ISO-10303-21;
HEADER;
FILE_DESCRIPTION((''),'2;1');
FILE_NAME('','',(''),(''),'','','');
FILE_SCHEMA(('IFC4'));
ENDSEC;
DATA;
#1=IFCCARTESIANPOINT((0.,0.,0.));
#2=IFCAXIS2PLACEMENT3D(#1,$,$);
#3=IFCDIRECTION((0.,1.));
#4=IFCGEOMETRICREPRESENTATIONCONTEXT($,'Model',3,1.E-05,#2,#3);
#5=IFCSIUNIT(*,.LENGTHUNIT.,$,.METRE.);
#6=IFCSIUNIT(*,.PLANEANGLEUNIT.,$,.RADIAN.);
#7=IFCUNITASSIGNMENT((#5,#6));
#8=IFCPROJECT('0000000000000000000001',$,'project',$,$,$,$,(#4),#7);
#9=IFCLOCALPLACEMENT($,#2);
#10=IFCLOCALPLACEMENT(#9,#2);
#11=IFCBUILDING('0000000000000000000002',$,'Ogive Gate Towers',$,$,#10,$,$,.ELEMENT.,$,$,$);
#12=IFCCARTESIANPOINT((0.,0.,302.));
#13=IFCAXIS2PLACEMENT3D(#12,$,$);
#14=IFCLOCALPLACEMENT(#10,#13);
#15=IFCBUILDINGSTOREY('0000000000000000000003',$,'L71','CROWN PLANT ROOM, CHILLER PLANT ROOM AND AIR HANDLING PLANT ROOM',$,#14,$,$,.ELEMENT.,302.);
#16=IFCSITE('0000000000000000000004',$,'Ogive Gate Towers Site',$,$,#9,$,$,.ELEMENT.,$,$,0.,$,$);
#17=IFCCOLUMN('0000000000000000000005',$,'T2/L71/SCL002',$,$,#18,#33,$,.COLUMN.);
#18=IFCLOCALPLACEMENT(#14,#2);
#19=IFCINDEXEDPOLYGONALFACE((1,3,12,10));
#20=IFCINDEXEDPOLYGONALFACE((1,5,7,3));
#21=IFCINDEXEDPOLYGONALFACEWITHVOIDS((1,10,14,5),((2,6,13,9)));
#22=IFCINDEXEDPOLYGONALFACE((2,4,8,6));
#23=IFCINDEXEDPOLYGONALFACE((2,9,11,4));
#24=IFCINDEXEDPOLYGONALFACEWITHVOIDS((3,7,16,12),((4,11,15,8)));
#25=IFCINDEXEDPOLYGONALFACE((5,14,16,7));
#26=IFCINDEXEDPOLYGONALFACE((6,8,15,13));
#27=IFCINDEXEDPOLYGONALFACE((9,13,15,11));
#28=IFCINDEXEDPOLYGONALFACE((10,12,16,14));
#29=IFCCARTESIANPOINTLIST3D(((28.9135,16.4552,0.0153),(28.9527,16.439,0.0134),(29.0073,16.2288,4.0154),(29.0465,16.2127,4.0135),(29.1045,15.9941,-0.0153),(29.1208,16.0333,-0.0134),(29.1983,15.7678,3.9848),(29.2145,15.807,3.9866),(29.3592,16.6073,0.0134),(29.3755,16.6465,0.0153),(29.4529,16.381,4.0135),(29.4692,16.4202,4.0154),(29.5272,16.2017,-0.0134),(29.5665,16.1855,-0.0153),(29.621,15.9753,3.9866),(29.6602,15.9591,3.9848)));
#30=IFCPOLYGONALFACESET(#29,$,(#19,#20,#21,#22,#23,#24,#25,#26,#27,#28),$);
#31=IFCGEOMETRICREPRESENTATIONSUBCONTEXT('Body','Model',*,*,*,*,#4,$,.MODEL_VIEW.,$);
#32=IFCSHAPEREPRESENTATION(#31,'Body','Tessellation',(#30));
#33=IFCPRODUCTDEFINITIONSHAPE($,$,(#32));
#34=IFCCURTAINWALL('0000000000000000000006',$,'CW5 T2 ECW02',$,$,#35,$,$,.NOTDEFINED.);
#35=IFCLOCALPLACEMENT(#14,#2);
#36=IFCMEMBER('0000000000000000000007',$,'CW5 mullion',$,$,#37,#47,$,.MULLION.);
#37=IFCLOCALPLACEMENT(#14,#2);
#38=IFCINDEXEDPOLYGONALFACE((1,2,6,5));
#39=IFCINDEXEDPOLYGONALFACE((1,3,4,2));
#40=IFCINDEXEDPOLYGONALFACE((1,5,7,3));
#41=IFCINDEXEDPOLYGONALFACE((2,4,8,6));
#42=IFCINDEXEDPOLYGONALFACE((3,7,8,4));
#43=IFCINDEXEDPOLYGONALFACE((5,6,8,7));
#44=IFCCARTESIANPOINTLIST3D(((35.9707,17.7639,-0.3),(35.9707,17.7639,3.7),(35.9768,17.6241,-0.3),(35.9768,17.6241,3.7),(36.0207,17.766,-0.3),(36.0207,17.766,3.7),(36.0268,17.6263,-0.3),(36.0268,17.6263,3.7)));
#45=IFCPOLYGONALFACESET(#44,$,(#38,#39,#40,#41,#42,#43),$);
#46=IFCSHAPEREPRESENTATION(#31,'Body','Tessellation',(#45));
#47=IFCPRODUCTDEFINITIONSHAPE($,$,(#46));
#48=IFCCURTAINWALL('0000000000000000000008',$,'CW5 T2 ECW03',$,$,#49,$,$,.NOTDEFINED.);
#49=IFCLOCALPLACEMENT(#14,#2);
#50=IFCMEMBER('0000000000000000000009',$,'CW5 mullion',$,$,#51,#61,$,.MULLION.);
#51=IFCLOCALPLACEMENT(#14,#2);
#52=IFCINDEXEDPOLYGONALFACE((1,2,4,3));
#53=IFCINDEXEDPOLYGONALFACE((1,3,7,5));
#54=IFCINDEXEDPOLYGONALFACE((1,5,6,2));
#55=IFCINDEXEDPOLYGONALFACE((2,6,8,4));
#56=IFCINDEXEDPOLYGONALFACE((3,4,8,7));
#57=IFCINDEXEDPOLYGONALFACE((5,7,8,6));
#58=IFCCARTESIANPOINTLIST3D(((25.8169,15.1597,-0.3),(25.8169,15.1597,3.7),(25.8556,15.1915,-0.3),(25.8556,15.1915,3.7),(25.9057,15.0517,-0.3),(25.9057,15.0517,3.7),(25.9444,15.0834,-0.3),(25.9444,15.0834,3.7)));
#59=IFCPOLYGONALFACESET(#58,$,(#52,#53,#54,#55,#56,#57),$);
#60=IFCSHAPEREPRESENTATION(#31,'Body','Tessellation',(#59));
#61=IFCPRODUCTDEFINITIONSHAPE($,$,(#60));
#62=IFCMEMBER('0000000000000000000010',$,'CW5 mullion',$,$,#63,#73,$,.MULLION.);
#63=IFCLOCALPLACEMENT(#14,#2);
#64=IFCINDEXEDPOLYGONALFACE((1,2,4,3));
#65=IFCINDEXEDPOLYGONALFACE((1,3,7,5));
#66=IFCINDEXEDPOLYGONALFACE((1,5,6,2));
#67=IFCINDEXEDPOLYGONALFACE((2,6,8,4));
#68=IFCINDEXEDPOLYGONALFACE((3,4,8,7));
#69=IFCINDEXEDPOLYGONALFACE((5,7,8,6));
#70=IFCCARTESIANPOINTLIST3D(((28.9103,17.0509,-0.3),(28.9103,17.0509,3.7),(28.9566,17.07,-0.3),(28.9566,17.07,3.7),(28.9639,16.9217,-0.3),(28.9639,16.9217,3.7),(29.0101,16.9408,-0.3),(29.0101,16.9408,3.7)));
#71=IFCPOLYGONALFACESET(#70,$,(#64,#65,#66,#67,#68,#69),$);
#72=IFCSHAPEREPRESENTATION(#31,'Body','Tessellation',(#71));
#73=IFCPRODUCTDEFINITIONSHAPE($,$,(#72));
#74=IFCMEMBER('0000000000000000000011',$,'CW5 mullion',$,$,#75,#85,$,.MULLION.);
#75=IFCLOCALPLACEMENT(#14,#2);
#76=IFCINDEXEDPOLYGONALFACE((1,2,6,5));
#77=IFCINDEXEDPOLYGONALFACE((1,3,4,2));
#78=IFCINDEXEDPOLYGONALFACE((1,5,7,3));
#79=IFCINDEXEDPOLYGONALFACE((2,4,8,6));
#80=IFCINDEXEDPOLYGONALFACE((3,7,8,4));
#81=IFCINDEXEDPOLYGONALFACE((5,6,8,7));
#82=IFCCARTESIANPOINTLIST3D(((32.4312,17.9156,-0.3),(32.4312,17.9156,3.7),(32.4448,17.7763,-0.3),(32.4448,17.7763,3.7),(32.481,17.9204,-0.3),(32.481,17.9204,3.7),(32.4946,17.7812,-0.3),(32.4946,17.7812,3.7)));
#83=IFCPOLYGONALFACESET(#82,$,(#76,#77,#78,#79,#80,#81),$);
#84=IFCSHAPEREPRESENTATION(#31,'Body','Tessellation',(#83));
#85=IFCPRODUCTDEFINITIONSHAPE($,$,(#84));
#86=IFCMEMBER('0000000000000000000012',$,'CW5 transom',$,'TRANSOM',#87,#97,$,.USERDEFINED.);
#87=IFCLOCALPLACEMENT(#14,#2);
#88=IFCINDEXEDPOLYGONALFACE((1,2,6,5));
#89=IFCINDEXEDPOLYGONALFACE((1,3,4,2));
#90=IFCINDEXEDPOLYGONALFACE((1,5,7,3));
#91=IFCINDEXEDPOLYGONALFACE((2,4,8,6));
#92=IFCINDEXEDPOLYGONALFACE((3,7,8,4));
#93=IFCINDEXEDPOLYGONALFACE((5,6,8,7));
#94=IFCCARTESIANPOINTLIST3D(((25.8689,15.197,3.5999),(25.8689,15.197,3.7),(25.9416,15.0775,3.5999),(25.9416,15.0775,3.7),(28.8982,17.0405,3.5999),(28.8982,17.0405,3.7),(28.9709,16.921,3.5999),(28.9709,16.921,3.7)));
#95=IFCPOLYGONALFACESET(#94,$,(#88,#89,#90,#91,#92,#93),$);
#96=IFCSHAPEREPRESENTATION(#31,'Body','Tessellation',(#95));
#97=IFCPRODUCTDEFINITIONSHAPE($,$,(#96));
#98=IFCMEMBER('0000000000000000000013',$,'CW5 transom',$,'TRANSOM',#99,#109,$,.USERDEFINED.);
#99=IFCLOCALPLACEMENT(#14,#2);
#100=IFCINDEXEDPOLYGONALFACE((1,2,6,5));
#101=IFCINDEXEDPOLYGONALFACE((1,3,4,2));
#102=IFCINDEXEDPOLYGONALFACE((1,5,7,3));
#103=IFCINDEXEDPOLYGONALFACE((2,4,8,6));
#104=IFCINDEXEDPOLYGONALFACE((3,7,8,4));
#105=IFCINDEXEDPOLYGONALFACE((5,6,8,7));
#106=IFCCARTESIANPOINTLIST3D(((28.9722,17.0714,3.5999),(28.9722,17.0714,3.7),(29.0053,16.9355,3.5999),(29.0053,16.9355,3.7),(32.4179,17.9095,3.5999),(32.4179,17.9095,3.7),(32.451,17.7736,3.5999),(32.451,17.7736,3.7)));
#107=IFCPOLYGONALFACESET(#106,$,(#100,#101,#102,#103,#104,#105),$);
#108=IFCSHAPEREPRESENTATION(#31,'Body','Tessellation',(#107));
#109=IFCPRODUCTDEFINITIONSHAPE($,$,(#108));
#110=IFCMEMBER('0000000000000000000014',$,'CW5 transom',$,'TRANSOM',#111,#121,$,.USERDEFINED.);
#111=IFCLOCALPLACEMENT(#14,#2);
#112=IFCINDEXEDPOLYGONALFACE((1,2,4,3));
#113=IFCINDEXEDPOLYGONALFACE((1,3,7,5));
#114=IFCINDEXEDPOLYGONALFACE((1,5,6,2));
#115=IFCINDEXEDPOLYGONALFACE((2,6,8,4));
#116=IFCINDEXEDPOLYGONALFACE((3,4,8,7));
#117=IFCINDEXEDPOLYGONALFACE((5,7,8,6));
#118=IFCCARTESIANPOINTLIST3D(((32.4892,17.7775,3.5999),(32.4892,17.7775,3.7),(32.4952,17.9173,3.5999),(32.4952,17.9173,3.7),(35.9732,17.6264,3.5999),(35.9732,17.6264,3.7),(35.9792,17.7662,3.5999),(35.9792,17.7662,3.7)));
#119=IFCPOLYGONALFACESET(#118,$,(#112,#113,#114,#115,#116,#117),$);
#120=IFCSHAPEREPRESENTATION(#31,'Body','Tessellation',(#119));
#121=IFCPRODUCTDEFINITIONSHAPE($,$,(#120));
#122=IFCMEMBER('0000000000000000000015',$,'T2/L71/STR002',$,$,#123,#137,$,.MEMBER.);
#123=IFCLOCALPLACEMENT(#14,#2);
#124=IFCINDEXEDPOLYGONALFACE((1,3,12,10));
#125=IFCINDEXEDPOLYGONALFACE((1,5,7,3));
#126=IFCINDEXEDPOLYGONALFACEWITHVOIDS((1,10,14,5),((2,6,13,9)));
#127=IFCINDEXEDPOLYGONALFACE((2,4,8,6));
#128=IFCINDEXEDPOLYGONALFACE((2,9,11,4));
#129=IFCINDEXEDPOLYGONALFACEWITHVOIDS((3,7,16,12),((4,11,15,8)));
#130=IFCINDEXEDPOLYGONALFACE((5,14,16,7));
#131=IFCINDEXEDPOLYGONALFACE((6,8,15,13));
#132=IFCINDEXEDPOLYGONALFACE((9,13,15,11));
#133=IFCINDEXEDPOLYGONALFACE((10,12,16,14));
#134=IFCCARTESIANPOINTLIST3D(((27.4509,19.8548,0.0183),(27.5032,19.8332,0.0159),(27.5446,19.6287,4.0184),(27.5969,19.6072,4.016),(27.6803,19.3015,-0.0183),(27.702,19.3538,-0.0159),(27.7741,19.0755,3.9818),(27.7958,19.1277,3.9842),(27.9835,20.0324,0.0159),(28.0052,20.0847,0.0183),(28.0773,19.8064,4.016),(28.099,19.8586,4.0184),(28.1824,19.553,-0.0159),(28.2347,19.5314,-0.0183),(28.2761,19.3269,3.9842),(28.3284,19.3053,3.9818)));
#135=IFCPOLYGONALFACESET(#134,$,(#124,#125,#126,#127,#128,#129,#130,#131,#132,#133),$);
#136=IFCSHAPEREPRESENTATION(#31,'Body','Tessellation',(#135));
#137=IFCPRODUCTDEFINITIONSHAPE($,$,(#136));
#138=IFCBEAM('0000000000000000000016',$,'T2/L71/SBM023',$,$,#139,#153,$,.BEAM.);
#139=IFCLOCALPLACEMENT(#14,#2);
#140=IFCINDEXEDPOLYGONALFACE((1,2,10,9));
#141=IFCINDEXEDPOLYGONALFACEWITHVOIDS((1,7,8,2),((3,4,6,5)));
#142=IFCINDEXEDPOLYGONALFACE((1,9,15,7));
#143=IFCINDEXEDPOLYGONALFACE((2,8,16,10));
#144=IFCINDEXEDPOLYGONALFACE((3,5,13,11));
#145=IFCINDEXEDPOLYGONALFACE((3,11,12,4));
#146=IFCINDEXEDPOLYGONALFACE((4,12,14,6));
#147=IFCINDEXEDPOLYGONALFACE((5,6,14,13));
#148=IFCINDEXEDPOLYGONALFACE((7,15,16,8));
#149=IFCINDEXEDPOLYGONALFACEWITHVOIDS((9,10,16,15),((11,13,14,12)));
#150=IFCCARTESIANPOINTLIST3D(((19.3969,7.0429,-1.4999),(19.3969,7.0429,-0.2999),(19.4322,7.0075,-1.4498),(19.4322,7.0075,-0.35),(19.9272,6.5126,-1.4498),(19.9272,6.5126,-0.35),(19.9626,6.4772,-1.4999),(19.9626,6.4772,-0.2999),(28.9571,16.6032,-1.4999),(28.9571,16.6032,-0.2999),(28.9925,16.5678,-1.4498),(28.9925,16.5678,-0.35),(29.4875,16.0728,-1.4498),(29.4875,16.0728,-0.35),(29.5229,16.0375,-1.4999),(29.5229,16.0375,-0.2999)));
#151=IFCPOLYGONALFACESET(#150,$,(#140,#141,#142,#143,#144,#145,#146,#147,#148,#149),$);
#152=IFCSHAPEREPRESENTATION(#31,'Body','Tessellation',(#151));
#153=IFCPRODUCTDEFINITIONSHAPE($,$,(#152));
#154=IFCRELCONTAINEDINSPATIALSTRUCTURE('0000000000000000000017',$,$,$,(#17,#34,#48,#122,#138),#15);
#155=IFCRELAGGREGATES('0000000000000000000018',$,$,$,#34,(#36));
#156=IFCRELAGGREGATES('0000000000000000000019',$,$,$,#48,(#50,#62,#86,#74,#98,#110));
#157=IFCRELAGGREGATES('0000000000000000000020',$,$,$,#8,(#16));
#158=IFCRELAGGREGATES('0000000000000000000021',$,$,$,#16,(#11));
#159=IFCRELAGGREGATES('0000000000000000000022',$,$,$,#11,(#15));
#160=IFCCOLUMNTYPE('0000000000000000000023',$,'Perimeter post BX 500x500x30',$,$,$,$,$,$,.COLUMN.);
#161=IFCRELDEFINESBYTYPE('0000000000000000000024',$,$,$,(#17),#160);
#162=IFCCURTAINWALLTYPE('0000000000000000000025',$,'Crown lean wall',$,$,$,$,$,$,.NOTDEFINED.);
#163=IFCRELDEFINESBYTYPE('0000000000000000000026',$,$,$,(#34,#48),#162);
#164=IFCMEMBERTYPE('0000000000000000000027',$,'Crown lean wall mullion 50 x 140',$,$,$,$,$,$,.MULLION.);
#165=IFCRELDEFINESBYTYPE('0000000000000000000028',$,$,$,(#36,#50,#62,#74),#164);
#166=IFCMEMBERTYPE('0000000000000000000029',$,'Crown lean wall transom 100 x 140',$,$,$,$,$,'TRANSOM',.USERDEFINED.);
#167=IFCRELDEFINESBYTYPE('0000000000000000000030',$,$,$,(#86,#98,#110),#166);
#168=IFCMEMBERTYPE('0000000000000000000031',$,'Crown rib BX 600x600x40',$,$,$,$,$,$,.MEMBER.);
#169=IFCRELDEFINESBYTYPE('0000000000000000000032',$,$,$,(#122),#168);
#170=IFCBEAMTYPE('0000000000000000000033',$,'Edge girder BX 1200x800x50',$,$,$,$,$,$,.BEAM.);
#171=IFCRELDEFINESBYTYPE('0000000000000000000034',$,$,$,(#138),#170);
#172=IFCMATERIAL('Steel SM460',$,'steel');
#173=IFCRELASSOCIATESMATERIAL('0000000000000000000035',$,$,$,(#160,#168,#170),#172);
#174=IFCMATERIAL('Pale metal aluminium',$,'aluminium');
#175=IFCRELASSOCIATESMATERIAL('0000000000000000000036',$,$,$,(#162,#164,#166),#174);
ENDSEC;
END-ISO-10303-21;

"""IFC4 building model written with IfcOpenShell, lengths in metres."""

from ifc_helpers import new_model, si_unit, direction, frame, origin, origin_2d, place, context, subcontext, project, spatial, rectangle, hollow_rectangle, extrude, material, material_profile, profile_set, type_object, element, aggregate, save


model = new_model("IFC4")

# Units and contexts
model_context = context("Model", 3, precision=1e-05, world=origin(), true_north=direction((0.0, 1.0)))
body_context = subcontext(model_context, "Body", "Model", "MODEL_VIEW")
ifc_project = project(units=[si_unit("LENGTHUNIT", "METRE"), si_unit("PLANEANGLEUNIT", "RADIAN")], contexts=[model_context])

# Site, building, storey
site_placement = place(None, origin())
site = spatial("IfcSite", under=ifc_project, at=site_placement, Name="Ogive Gate Towers Site", CompositionType="ELEMENT", RefElevation=0.0)
building_placement = place(site_placement, origin())
building = spatial("IfcBuilding", under=site, at=building_placement, Name="Ogive Gate Towers", CompositionType="ELEMENT")
storey_placement = place(building_placement, frame((0.0, 0.0, 302.0)))
storey = spatial("IfcBuildingStorey", under=building, at=storey_placement, Name="L71", Description="CROWN PLANT ROOM, CHILLER PLANT ROOM AND AIR HANDLING PLANT ROOM", CompositionType="ELEMENT", Elevation=302.0)

# Column
ifc_material_1 = material(Name="Steel SM460", Category="steel")
ifc_material_profile_1 = material_profile(ifc_material_1, hollow_rectangle(XDim=0.5, YDim=0.5, WallThickness=0.03, at=origin_2d()), Name="BX 500x500x30")
ifc_profile_set_1 = profile_set([ifc_material_profile_1], Name="Steel SM460")
column_type = type_object("IfcColumnType", Name="Perimeter post BX 500x500x30", PredefinedType="COLUMN", material=ifc_profile_set_1)
column_placement = place(storey_placement, frame((29.24, 16.3203, 0.0), z_axis=(0.023394, -0.056474, 0.99813), x_axis=(0.923871, 0.382704, 0.0)))
element("IfcColumn", 1, at=column_placement, inside=storey, type_object=column_type, Name="T2/L71/SCL002", PredefinedType="COLUMN", context=body_context, shape_type="SweptSolid", body=[
    extrude(hollow_rectangle(XDim=0.5, YDim=0.5, WallThickness=0.03, at=origin_2d()), origin(), (0.0, 0.0, 1.0), 4.0076),
])

# Curtain wall, member
ifc_material_2 = material(Name="Pale metal aluminium", Category="aluminium")
curtain_wall_type = type_object("IfcCurtainWallType", Name="Crown lean wall", PredefinedType="NOTDEFINED", material=ifc_material_2)
curtain_wall_1_placement = place(storey_placement, origin())
curtain_wall_1 = element("IfcCurtainWall", 2, at=curtain_wall_1_placement, inside=storey, type_object=curtain_wall_type, Name="CW5 T2 ECW02", PredefinedType="NOTDEFINED")
ifc_material_profile_2 = material_profile(ifc_material_2, rectangle(XDim=0.1399, YDim=0.05, at=origin_2d()), Name="50 x 140 aluminium box")
ifc_profile_set_2 = profile_set([ifc_material_profile_2], Name="Pale metal aluminium")
member_type_1 = type_object("IfcMemberType", Name="Crown lean wall mullion 50 x 140", PredefinedType="MULLION", material=ifc_profile_set_2)
member_1_placement = place(storey_placement, frame((35.9988, 17.6951, -0.3), z_axis=(0.0, 0.0, 1.0), x_axis=(0.04334, -0.99906, 0.0)))
member_1 = element("IfcMember", 3, at=member_1_placement, type_object=member_type_1, Name="CW5 mullion", PredefinedType="MULLION", context=body_context, shape_type="SweptSolid", body=[
    extrude(rectangle(XDim=0.1399, YDim=0.05, at=origin_2d()), origin(), (0.0, 0.0, 1.0), 4.0),
])
aggregate(curtain_wall_1, [member_1])

# Curtain wall, members
curtain_wall_2_placement = place(storey_placement, origin())
curtain_wall_2 = element("IfcCurtainWall", 4, at=curtain_wall_2_placement, inside=storey, type_object=curtain_wall_type, Name="CW5 T2 ECW03", PredefinedType="NOTDEFINED")
member_2_placement = place(storey_placement, frame((25.8806, 15.1216, -0.3), z_axis=(0.0, 0.0, 1.0), x_axis=(0.634784, -0.772689, 0.0)))
member_2 = element("IfcMember", 5, at=member_2_placement, type_object=member_type_1, Name="CW5 mullion", PredefinedType="MULLION", context=body_context, shape_type="SweptSolid", body=[
    extrude(rectangle(XDim=0.1399, YDim=0.05, at=origin_2d()), origin(), (0.0, 0.0, 1.0), 4.0),
])
member_3_placement = place(storey_placement, frame((28.9602, 16.9958, -0.3), z_axis=(0.0, 0.0, 1.0), x_axis=(0.382683, -0.92388, 0.0)))
member_3 = element("IfcMember", 6, at=member_3_placement, type_object=member_type_1, Name="CW5 mullion", PredefinedType="MULLION", context=body_context, shape_type="SweptSolid", body=[
    extrude(rectangle(XDim=0.1399, YDim=0.05, at=origin_2d()), origin(), (0.0, 0.0, 1.0), 4.0),
])
member_4_placement = place(storey_placement, frame((32.4629, 17.8484, -0.3), z_axis=(0.0, 0.0, 1.0), x_axis=(0.097513, -0.995234, 0.0)))
member_4 = element("IfcMember", 7, at=member_4_placement, type_object=member_type_1, Name="CW5 mullion", PredefinedType="MULLION", context=body_context, shape_type="SweptSolid", body=[
    extrude(rectangle(XDim=0.1399, YDim=0.05, at=origin_2d()), origin(), (0.0, 0.0, 1.0), 4.0),
])
ifc_material_profile_3 = material_profile(ifc_material_2, rectangle(XDim=0.1399, YDim=0.1001, at=origin_2d()), Name="100 x 140 aluminium box")
ifc_profile_set_3 = profile_set([ifc_material_profile_3], Name="Pale metal aluminium")
member_type_2 = type_object("IfcMemberType", Name="Crown lean wall transom 100 x 140", ElementType="TRANSOM", PredefinedType="USERDEFINED", material=ifc_profile_set_3)
member_5_placement = place(storey_placement, frame((25.9053, 15.1372, 3.6499), z_axis=(0.85425, 0.519862, 0.0), x_axis=(-0.519862, 0.85425, 0.0)))
member_5 = element("IfcMember", 8, at=member_5_placement, type_object=member_type_2, Name="CW5 transom", ObjectType="TRANSOM", PredefinedType="USERDEFINED", context=body_context, shape_type="SweptSolid", body=[
    extrude(rectangle(XDim=0.1399, YDim=0.1001, at=origin_2d()), origin(), (0.0, 0.0, 1.0), 3.5461),
])
member_6_placement = place(storey_placement, frame((28.9888, 17.0034, 3.6499), z_axis=(0.971666, 0.236359, 0.0), x_axis=(-0.236359, 0.971666, 0.0)))
member_6 = element("IfcMember", 9, at=member_6_placement, type_object=member_type_2, Name="CW5 transom", ObjectType="TRANSOM", PredefinedType="USERDEFINED", context=body_context, shape_type="SweptSolid", body=[
    extrude(rectangle(XDim=0.1399, YDim=0.1001, at=origin_2d()), origin(), (0.0, 0.0, 1.0), 3.5461),
])
member_7_placement = place(storey_placement, frame((32.4922, 17.8474, 3.6499), z_axis=(0.999061, -0.043334, 0.0), x_axis=(0.043334, 0.999061, 0.0)))
member_7 = element("IfcMember", 10, at=member_7_placement, type_object=member_type_2, Name="CW5 transom", ObjectType="TRANSOM", PredefinedType="USERDEFINED", context=body_context, shape_type="SweptSolid", body=[
    extrude(rectangle(XDim=0.1399, YDim=0.1001, at=origin_2d()), origin(), (0.0, 0.0, 1.0), 3.4873),
])

# Member
ifc_material_profile_4 = material_profile(ifc_material_1, hollow_rectangle(XDim=0.6001, YDim=0.6001, WallThickness=0.04, at=origin_2d()), Name="BX 600x600x40")
ifc_profile_set_4 = profile_set([ifc_material_profile_4], Name="Steel SM460")
member_type_3 = type_object("IfcMemberType", Name="Crown rib BX 600x600x40", PredefinedType="MEMBER", material=ifc_profile_set_4)
member_8_placement = place(storey_placement, frame((27.8428, 19.6931, 0.0), z_axis=(0.023394, -0.056413, 0.998133), x_axis=(0.923725, 0.383057, 0.0)))
element("IfcMember", 11, at=member_8_placement, inside=storey, type_object=member_type_3, Name="T2/L71/STR002", PredefinedType="MEMBER", context=body_context, shape_type="SweptSolid", body=[
    extrude(hollow_rectangle(XDim=0.6001, YDim=0.6001, WallThickness=0.04, at=origin_2d()), origin(), (0.0, 0.0, 1.0), 4.0076),
])

# Beam
ifc_material_profile_5 = material_profile(ifc_material_1, hollow_rectangle(XDim=0.8, YDim=1.2, WallThickness=0.05, at=origin_2d()), Name="BX 1200x800x50")
ifc_profile_set_5 = profile_set([ifc_material_profile_5], Name="Steel SM460")
beam_type_1 = type_object("IfcBeamType", Name="Edge girder BX 1200x800x50", PredefinedType="BEAM", material=ifc_profile_set_5)
beam_1_placement = place(storey_placement, frame((29.24, 16.3203, -0.8999), z_axis=(-0.707107, -0.707107, 0.0), x_axis=(0.707107, -0.707107, 0.0)))
element("IfcBeam", 12, at=beam_1_placement, inside=storey, type_object=beam_type_1, Name="T2/L71/SBM023", PredefinedType="BEAM", context=body_context, shape_type="SweptSolid", body=[
    extrude(hollow_rectangle(XDim=0.8, YDim=1.2, WallThickness=0.05, at=origin_2d()), origin(), (0.0, 0.0, 1.0), 13.5203),
])

aggregate(curtain_wall_2, [member_2, member_3, member_5, member_4, member_6, member_7])

save(model, "model.ifc")
